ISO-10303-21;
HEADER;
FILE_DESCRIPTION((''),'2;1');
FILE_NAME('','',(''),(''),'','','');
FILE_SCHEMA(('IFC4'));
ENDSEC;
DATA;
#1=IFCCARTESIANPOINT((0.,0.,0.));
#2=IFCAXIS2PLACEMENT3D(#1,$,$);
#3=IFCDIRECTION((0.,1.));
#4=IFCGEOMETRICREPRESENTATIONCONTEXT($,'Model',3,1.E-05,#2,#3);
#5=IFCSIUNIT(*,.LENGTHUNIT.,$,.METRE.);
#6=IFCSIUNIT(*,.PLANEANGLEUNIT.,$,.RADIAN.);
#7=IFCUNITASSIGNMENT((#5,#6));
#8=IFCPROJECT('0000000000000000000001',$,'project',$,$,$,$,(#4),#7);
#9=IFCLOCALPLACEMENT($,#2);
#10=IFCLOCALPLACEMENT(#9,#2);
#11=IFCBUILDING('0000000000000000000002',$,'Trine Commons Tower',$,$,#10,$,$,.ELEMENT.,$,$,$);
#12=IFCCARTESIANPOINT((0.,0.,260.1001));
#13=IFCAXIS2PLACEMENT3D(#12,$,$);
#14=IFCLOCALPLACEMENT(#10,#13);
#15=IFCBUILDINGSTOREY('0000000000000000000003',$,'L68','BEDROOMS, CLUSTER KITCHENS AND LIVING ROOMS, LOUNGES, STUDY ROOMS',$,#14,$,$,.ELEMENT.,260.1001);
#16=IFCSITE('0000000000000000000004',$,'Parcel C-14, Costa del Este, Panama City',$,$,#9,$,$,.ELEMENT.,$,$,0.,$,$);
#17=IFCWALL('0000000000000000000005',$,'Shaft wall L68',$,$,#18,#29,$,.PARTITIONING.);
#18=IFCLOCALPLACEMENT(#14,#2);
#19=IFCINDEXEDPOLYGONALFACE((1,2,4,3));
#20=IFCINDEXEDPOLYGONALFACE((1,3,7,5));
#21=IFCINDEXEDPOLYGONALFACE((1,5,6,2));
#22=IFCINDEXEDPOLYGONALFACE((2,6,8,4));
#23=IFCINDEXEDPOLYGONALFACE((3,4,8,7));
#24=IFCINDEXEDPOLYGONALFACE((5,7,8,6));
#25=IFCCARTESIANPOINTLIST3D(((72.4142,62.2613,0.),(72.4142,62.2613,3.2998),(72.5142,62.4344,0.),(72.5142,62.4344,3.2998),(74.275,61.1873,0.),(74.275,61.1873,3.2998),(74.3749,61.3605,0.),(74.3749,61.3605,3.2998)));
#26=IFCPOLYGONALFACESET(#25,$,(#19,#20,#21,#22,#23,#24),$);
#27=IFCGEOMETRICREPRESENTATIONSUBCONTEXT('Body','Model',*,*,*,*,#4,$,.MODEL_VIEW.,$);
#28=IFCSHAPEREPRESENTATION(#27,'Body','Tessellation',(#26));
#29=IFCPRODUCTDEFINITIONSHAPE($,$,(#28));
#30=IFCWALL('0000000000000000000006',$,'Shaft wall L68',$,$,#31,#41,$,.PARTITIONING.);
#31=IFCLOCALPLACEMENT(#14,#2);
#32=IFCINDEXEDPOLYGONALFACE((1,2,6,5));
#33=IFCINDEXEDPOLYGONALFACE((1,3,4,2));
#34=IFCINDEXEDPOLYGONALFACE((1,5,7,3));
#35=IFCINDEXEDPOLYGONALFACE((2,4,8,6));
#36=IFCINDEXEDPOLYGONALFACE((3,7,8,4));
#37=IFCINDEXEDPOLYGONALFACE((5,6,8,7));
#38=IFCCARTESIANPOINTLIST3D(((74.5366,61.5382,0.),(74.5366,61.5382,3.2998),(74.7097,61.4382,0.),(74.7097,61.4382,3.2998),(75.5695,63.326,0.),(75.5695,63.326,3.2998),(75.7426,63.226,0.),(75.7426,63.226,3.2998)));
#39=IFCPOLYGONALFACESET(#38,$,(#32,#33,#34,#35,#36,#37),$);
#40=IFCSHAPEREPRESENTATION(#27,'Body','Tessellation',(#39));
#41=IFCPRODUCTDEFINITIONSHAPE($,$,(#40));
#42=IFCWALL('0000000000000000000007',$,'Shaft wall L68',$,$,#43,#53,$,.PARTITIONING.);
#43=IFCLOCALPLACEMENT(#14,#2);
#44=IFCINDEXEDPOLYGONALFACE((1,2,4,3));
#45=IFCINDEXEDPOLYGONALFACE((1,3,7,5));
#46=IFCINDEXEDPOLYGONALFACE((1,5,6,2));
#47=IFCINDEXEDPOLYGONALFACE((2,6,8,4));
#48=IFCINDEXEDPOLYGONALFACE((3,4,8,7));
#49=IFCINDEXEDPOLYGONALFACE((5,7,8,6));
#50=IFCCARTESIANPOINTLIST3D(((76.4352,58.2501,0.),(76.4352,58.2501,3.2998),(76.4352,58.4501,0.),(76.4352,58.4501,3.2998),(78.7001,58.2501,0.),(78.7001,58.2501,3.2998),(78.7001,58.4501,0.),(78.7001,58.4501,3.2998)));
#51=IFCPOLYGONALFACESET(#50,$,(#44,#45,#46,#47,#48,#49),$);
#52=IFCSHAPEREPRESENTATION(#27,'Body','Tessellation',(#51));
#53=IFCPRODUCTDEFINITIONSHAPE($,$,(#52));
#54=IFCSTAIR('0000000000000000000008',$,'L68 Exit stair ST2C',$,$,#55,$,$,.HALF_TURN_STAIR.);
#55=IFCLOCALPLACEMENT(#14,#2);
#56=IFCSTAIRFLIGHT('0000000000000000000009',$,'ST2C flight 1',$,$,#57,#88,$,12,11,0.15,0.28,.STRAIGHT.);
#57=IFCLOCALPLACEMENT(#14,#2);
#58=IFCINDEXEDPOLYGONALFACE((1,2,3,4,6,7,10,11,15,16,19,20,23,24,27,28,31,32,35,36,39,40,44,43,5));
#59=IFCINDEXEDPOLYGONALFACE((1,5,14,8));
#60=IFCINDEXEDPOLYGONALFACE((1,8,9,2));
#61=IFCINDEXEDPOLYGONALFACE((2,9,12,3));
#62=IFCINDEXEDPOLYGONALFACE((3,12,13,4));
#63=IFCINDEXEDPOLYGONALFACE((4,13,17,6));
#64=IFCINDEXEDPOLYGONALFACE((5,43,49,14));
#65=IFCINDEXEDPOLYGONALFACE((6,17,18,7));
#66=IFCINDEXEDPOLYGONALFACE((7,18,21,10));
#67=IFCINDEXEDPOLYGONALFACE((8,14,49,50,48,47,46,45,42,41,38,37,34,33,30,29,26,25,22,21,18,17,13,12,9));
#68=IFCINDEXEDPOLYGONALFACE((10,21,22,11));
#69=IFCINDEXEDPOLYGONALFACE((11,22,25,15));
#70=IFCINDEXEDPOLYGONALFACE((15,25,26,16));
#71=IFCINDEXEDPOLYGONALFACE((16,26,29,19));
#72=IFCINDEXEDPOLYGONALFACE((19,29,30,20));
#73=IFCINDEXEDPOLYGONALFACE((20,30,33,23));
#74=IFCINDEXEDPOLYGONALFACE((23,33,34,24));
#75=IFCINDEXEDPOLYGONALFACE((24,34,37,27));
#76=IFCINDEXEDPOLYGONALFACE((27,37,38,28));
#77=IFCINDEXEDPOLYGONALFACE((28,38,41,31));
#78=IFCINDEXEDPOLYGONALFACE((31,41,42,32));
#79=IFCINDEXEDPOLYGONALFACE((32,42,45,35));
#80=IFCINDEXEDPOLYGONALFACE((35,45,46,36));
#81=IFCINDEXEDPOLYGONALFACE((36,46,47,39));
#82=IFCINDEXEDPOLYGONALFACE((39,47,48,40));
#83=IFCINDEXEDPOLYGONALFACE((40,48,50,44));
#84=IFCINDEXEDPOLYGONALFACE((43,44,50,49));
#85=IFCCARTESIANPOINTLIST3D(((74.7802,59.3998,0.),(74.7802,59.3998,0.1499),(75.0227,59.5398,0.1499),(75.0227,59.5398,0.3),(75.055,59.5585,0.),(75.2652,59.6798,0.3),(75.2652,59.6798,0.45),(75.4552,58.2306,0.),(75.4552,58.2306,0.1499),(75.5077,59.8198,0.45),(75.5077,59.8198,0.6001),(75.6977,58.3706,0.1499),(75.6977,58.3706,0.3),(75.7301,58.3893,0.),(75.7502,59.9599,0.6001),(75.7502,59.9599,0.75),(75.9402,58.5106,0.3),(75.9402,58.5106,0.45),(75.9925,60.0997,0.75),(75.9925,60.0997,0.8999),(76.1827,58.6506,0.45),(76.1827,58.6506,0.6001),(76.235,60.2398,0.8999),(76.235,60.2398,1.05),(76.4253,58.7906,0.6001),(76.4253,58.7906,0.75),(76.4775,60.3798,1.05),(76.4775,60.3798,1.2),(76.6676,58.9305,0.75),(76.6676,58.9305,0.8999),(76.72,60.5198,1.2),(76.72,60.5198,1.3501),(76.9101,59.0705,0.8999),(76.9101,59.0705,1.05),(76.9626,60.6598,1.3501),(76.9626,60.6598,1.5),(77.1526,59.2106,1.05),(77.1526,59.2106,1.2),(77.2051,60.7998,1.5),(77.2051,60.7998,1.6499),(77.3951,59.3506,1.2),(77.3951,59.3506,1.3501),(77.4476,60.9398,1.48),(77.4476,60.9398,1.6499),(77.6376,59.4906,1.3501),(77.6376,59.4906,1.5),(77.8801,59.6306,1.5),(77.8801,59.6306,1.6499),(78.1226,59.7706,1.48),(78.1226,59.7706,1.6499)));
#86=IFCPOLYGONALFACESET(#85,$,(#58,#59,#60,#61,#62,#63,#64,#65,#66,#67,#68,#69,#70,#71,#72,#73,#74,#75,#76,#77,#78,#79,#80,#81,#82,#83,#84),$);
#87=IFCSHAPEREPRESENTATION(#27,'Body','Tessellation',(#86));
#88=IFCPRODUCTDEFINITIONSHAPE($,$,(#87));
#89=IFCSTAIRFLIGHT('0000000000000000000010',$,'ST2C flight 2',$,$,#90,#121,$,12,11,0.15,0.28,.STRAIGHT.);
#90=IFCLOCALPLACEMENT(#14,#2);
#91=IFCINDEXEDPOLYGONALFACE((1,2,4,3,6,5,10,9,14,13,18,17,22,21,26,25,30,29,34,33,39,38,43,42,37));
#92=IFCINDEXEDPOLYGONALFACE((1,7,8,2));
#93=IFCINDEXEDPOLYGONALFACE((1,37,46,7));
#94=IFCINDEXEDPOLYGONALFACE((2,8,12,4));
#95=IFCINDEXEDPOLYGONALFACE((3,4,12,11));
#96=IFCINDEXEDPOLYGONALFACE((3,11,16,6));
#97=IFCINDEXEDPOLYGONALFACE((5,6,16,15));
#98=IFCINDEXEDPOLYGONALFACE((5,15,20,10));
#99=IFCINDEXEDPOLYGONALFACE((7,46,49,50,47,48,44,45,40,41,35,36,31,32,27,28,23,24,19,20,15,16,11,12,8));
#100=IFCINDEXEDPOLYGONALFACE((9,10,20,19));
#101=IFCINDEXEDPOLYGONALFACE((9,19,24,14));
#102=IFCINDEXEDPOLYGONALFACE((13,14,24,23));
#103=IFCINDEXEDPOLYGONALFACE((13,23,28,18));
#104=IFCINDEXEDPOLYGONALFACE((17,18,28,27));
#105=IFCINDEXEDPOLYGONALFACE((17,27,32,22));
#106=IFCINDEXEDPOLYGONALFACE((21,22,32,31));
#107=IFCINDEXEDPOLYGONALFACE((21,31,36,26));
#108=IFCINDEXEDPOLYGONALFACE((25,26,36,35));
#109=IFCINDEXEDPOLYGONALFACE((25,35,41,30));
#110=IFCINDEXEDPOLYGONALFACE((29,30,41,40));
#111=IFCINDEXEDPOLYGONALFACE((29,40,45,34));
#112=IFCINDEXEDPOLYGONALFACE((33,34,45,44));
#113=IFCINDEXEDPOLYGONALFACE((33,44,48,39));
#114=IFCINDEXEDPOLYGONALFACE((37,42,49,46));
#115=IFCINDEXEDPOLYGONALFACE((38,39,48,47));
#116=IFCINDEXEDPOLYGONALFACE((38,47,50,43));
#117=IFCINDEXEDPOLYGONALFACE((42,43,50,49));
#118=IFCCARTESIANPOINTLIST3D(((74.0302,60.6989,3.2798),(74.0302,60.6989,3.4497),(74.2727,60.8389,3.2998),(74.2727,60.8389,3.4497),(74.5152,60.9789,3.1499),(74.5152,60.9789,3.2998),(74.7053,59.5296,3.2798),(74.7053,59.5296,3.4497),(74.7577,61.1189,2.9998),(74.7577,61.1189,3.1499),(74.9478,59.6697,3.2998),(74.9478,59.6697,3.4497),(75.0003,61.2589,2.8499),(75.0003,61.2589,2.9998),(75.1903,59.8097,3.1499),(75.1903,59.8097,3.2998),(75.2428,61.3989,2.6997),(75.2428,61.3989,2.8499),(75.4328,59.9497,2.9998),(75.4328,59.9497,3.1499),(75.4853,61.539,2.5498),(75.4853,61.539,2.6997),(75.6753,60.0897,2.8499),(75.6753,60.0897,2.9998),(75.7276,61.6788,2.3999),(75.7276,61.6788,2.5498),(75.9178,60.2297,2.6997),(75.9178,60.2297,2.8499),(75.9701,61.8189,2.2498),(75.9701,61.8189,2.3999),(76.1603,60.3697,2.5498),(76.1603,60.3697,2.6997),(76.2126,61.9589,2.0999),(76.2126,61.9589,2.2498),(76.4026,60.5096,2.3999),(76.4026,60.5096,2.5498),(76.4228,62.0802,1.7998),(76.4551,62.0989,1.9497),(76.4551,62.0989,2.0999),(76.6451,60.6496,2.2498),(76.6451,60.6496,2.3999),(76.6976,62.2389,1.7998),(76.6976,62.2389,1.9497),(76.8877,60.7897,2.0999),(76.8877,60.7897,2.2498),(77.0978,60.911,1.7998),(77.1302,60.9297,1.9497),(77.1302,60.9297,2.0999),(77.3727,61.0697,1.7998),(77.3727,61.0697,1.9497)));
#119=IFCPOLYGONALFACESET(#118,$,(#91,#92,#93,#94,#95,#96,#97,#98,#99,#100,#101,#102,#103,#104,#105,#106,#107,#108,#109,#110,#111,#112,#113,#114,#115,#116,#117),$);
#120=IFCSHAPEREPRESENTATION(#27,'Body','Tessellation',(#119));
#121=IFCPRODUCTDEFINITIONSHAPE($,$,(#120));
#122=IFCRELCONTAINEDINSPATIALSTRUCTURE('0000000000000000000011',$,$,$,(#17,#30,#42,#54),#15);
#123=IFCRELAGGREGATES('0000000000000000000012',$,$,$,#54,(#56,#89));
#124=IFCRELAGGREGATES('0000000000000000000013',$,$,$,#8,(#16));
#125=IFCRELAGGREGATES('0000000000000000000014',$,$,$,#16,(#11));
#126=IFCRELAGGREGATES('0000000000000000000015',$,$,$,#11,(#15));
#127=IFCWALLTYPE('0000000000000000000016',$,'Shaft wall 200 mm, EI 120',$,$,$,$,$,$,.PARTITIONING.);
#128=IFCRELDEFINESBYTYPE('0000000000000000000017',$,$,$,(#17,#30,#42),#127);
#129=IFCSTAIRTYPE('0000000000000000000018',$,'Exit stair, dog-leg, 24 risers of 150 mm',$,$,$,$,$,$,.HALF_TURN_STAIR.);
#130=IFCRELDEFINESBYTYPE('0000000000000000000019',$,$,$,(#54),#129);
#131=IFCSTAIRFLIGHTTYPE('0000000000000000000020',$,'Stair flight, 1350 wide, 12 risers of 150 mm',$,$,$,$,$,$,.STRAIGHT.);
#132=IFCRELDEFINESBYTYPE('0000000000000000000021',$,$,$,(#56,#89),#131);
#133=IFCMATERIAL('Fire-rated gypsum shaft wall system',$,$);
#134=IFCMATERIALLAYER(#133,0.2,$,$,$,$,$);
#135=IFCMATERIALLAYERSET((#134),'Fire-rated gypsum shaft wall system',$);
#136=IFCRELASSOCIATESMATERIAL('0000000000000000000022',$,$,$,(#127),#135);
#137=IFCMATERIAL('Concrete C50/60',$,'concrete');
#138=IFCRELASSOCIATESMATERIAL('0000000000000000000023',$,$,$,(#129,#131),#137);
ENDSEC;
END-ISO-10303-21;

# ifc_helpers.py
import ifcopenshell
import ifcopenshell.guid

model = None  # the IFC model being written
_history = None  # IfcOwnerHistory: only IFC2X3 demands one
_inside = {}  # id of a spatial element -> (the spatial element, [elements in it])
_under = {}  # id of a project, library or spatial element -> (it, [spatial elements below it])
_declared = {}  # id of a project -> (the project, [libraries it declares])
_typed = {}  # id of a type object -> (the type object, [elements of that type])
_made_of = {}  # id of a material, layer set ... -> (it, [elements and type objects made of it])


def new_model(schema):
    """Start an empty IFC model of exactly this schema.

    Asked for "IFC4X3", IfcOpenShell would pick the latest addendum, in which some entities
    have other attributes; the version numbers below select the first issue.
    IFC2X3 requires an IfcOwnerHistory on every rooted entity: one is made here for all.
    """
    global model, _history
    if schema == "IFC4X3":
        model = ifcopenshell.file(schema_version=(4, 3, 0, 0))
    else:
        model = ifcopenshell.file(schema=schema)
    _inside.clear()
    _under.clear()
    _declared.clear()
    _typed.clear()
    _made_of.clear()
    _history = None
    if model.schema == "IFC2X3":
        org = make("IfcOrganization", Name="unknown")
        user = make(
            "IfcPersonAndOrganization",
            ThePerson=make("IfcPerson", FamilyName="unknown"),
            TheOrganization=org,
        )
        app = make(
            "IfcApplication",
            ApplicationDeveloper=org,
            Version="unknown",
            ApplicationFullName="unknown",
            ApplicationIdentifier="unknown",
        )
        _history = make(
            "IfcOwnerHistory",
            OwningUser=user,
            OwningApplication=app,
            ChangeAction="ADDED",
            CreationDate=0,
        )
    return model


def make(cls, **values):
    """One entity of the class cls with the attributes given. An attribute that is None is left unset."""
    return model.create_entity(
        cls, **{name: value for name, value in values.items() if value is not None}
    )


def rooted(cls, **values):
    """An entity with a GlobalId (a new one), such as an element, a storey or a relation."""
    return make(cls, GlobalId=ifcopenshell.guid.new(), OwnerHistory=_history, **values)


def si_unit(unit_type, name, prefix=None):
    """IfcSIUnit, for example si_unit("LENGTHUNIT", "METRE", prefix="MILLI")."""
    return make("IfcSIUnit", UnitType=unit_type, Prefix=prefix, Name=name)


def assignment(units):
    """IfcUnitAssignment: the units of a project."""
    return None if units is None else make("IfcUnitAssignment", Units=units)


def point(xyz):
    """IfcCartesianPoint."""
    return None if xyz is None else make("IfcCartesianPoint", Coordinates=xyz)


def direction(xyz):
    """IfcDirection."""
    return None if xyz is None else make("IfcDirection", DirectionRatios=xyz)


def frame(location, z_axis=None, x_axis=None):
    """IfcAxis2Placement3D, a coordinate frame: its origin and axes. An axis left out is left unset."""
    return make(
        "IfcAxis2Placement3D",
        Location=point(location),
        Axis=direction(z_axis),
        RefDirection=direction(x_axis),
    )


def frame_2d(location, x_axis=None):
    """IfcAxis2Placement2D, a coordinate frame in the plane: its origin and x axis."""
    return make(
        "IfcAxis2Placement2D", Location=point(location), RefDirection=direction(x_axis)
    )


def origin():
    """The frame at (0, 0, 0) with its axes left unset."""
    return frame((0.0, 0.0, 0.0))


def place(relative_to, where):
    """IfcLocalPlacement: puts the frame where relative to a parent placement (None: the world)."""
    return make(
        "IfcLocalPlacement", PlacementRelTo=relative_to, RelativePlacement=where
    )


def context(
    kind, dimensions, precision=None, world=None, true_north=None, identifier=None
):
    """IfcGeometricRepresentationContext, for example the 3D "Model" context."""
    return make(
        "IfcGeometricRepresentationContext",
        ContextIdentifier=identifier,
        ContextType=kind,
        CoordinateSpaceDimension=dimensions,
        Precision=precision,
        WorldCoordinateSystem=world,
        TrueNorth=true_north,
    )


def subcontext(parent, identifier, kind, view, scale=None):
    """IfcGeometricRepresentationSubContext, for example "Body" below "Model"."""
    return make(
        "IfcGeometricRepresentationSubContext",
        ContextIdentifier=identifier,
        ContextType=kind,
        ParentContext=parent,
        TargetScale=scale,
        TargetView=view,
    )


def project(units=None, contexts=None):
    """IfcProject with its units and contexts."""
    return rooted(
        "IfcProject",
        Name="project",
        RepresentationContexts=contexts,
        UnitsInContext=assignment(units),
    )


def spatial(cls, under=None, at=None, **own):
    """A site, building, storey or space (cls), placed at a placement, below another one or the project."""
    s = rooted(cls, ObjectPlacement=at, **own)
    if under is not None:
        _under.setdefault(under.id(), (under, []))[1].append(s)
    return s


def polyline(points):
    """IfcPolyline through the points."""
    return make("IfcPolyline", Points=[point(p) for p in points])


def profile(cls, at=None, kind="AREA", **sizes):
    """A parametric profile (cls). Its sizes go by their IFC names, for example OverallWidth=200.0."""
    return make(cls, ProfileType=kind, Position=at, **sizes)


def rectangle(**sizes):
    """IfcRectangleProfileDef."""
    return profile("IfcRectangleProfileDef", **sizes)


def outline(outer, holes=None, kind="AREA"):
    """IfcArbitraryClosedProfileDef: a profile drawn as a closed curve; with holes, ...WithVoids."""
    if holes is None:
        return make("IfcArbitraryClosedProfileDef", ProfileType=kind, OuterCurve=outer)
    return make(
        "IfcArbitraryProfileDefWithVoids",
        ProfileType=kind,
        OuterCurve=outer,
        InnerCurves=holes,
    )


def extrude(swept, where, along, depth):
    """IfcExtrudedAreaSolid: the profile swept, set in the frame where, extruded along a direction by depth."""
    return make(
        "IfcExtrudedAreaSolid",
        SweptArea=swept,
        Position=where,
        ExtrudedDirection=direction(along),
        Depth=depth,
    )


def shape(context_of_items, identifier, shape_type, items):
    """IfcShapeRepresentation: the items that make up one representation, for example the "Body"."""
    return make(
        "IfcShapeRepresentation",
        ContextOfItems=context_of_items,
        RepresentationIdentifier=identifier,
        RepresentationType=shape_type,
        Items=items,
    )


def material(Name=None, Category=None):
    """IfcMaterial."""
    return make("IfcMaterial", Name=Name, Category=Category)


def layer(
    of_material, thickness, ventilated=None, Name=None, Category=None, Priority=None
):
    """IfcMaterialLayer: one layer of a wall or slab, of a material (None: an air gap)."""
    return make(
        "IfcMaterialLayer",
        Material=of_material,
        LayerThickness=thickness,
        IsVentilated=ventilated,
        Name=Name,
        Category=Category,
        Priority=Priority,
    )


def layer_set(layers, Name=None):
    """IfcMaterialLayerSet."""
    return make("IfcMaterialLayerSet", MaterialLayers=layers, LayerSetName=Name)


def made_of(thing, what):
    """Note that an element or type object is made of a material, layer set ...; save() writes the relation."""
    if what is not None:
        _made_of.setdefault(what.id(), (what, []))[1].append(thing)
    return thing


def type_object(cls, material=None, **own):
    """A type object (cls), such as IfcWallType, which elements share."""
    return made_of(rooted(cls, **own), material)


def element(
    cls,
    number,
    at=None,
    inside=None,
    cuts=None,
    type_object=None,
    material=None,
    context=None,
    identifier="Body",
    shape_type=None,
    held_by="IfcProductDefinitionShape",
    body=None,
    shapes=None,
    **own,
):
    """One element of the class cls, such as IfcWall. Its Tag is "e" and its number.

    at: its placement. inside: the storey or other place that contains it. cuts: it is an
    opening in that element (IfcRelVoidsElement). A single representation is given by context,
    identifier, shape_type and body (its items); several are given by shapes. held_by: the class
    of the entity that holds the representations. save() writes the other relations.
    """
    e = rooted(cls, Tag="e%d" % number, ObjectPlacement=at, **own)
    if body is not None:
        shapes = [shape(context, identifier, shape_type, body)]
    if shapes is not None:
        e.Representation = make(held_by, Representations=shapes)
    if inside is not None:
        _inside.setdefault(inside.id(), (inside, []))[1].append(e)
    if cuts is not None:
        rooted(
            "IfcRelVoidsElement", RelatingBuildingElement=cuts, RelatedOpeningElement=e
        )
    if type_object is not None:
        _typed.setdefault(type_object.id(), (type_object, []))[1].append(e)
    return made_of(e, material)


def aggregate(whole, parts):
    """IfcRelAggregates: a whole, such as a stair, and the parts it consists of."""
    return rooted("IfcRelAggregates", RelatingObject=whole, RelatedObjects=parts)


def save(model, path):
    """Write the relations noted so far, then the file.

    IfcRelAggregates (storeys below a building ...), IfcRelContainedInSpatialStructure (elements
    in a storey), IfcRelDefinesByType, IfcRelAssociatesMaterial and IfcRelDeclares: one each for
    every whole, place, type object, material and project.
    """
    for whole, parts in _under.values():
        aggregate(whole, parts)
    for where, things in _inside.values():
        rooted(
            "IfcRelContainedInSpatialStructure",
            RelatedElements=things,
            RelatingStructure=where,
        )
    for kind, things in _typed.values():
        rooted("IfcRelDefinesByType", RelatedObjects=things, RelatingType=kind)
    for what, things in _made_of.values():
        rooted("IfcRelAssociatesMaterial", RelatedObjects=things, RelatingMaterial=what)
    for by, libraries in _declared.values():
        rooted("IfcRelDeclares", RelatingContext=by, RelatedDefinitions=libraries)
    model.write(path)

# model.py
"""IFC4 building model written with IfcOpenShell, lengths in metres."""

from ifc_helpers import new_model, si_unit, direction, frame, frame_2d, origin, place, context, subcontext, project, spatial, polyline, rectangle, outline, extrude, material, layer, layer_set, type_object, element, aggregate, save


model = new_model("IFC4")

# Units and contexts
model_context = context("Model", 3, precision=1e-05, world=origin(), true_north=direction((0.0, 1.0)))
body_context = subcontext(model_context, "Body", "Model", "MODEL_VIEW")
ifc_project = project(units=[si_unit("LENGTHUNIT", "METRE"), si_unit("PLANEANGLEUNIT", "RADIAN")], contexts=[model_context])

# Site, building, storey
site_placement = place(None, origin())
site = spatial("IfcSite", under=ifc_project, at=site_placement, Name="Parcel C-14, Costa del Este, Panama City", CompositionType="ELEMENT", RefElevation=0.0)
building_placement = place(site_placement, origin())
building = spatial("IfcBuilding", under=site, at=building_placement, Name="Trine Commons Tower", CompositionType="ELEMENT")
storey_placement = place(building_placement, frame((0.0, 0.0, 260.1001)))
storey = spatial("IfcBuildingStorey", under=building, at=storey_placement, Name="L68", Description="BEDROOMS, CLUSTER KITCHENS AND LIVING ROOMS, LOUNGES, STUDY ROOMS", CompositionType="ELEMENT", Elevation=260.1001)

# Shared definitions
ifc_material_1 = material(Name="Fire-rated gypsum shaft wall system")
ifc_material_2 = material(Name="Concrete C50/60", Category="concrete")

# Walls
ifc_layer_1 = layer(ifc_material_1, 0.2)
ifc_layer_set_1 = layer_set([ifc_layer_1], Name="Fire-rated gypsum shaft wall system")
wall_type_1 = type_object("IfcWallType", Name="Shaft wall 200 mm, EI 120", PredefinedType="PARTITIONING", material=ifc_layer_set_1)
wall_1_placement = place(storey_placement, frame((74.325, 61.2739, 0.0), z_axis=(0.0, 0.0, 1.0), x_axis=(-0.866102, 0.499867, 0.0)))
element("IfcWall", 1, at=wall_1_placement, inside=storey, type_object=wall_type_1, Name="Shaft wall L68", PredefinedType="PARTITIONING", context=body_context, shape_type="SweptSolid", body=[
    extrude(rectangle(XDim=2.1484, YDim=0.2, at=frame_2d((1.0742, 0.0))), origin(), (0.0, 0.0, 1.0), 3.2998),
])
wall_2_placement = place(storey_placement, frame((75.656, 63.2759, 0.0), z_axis=(0.0, 0.0, 1.0), x_axis=(-0.500272, -0.865868, 0.0)))
element("IfcWall", 2, at=wall_2_placement, inside=storey, type_object=wall_type_1, Name="Shaft wall L68", PredefinedType="PARTITIONING", context=body_context, shape_type="SweptSolid", body=[
    extrude(rectangle(XDim=2.0647, YDim=0.2, at=frame_2d((1.0322, 0.0))), origin(), (0.0, 0.0, 1.0), 3.2998),
])
wall_3_placement = place(storey_placement, frame((78.7, 58.3501, 0.0), z_axis=(0.0, 0.0, 1.0), x_axis=(-1.0, 0.0, 0.0)))
element("IfcWall", 3, at=wall_3_placement, inside=storey, type_object=wall_type_1, Name="Shaft wall L68", PredefinedType="PARTITIONING", context=body_context, shape_type="SweptSolid", body=[
    extrude(rectangle(XDim=2.2649, YDim=0.2, at=frame_2d((1.1323, 0.0))), origin(), (0.0, 0.0, 1.0), 3.2998),
])

# Stair, stair flights
stair_type = type_object("IfcStairType", Name="Exit stair, dog-leg, 24 risers of 150 mm", PredefinedType="HALF_TURN_STAIR", material=ifc_material_2)
stair_placement = place(storey_placement, origin())
stair = element("IfcStair", 4, at=stair_placement, inside=storey, type_object=stair_type, Name="L68 Exit stair ST2C", PredefinedType="HALF_TURN_STAIR")
stair_flight_type = type_object("IfcStairFlightType", Name="Stair flight, 1350 wide, 12 risers of 150 mm", PredefinedType="STRAIGHT", material=ifc_material_2)
stair_flight_1_placement = place(storey_placement, frame((75.1177, 58.8152, 0.0), z_axis=(0.0, 0.0, 1.0), x_axis=(0.866025, 0.5, 0.0)))
stair_flight_1 = element("IfcStairFlight", 5, at=stair_flight_1_placement, type_object=stair_flight_type, Name="ST2C flight 1", NumberOfRisers=12, NumberOfTreads=11, PredefinedType="STRAIGHT", RiserHeight=0.15, TreadLength=0.28, context=body_context, shape_type="SweptSolid", body=[
    extrude(outline(polyline([(0.0, 0.0), (0.0, 0.1499), (0.28, 0.1499), (0.28, 0.3), (0.5601, 0.3), (0.5601, 0.45), (0.8401, 0.45), (0.8401, 0.6001), (1.1201, 0.6001), (1.1201, 0.75), (1.3999, 0.75), (1.3999, 0.8999), (1.6799, 0.8999), (1.6799, 1.05), (1.96, 1.05), (1.96, 1.2), (2.24, 1.2), (2.24, 1.3501), (2.52, 1.3501), (2.52, 1.5), (2.8, 1.5), (2.8, 1.6499), (3.0801, 1.6499), (3.0801, 1.8), (3.0801, 1.48), (0.3174, 0.0), (0.0, 0.0)])), frame((0.0, 0.675, 0.0), z_axis=(0.0, -1.0, 0.0), x_axis=(1.0, 0.0, 0.0)), (0.0, 0.0, 1.0), 1.3501),
])
stair_flight_2_placement = place(storey_placement, frame((77.0352, 61.6543, 1.7998), z_axis=(0.0, 0.0, 1.0), x_axis=(-0.866025, -0.5, 0.0)))
stair_flight_2 = element("IfcStairFlight", 6, at=stair_flight_2_placement, type_object=stair_flight_type, Name="ST2C flight 2", NumberOfRisers=12, NumberOfTreads=11, PredefinedType="STRAIGHT", RiserHeight=0.15, TreadLength=0.28, context=body_context, shape_type="SweptSolid", body=[
    extrude(outline(polyline([(0.0, 0.0), (0.0, 0.1499), (0.28, 0.1499), (0.28, 0.3), (0.5601, 0.3), (0.5601, 0.45), (0.8401, 0.45), (0.8401, 0.6001), (1.1201, 0.6001), (1.1201, 0.75), (1.3999, 0.75), (1.3999, 0.8999), (1.6799, 0.8999), (1.6799, 1.05), (1.96, 1.05), (1.96, 1.2), (2.24, 1.2), (2.24, 1.3501), (2.52, 1.3501), (2.52, 1.5), (2.8, 1.5), (2.8, 1.6499), (3.0801, 1.6499), (3.0801, 1.8), (3.0801, 1.48), (0.3174, 0.0), (0.0, 0.0)])), frame((0.0, 0.675, 0.0), z_axis=(0.0, -1.0, 0.0), x_axis=(1.0, 0.0, 0.0)), (0.0, 0.0, 1.0), 1.3501),
])
aggregate(stair, [stair_flight_1, stair_flight_2])

save(model, "model.ifc")
